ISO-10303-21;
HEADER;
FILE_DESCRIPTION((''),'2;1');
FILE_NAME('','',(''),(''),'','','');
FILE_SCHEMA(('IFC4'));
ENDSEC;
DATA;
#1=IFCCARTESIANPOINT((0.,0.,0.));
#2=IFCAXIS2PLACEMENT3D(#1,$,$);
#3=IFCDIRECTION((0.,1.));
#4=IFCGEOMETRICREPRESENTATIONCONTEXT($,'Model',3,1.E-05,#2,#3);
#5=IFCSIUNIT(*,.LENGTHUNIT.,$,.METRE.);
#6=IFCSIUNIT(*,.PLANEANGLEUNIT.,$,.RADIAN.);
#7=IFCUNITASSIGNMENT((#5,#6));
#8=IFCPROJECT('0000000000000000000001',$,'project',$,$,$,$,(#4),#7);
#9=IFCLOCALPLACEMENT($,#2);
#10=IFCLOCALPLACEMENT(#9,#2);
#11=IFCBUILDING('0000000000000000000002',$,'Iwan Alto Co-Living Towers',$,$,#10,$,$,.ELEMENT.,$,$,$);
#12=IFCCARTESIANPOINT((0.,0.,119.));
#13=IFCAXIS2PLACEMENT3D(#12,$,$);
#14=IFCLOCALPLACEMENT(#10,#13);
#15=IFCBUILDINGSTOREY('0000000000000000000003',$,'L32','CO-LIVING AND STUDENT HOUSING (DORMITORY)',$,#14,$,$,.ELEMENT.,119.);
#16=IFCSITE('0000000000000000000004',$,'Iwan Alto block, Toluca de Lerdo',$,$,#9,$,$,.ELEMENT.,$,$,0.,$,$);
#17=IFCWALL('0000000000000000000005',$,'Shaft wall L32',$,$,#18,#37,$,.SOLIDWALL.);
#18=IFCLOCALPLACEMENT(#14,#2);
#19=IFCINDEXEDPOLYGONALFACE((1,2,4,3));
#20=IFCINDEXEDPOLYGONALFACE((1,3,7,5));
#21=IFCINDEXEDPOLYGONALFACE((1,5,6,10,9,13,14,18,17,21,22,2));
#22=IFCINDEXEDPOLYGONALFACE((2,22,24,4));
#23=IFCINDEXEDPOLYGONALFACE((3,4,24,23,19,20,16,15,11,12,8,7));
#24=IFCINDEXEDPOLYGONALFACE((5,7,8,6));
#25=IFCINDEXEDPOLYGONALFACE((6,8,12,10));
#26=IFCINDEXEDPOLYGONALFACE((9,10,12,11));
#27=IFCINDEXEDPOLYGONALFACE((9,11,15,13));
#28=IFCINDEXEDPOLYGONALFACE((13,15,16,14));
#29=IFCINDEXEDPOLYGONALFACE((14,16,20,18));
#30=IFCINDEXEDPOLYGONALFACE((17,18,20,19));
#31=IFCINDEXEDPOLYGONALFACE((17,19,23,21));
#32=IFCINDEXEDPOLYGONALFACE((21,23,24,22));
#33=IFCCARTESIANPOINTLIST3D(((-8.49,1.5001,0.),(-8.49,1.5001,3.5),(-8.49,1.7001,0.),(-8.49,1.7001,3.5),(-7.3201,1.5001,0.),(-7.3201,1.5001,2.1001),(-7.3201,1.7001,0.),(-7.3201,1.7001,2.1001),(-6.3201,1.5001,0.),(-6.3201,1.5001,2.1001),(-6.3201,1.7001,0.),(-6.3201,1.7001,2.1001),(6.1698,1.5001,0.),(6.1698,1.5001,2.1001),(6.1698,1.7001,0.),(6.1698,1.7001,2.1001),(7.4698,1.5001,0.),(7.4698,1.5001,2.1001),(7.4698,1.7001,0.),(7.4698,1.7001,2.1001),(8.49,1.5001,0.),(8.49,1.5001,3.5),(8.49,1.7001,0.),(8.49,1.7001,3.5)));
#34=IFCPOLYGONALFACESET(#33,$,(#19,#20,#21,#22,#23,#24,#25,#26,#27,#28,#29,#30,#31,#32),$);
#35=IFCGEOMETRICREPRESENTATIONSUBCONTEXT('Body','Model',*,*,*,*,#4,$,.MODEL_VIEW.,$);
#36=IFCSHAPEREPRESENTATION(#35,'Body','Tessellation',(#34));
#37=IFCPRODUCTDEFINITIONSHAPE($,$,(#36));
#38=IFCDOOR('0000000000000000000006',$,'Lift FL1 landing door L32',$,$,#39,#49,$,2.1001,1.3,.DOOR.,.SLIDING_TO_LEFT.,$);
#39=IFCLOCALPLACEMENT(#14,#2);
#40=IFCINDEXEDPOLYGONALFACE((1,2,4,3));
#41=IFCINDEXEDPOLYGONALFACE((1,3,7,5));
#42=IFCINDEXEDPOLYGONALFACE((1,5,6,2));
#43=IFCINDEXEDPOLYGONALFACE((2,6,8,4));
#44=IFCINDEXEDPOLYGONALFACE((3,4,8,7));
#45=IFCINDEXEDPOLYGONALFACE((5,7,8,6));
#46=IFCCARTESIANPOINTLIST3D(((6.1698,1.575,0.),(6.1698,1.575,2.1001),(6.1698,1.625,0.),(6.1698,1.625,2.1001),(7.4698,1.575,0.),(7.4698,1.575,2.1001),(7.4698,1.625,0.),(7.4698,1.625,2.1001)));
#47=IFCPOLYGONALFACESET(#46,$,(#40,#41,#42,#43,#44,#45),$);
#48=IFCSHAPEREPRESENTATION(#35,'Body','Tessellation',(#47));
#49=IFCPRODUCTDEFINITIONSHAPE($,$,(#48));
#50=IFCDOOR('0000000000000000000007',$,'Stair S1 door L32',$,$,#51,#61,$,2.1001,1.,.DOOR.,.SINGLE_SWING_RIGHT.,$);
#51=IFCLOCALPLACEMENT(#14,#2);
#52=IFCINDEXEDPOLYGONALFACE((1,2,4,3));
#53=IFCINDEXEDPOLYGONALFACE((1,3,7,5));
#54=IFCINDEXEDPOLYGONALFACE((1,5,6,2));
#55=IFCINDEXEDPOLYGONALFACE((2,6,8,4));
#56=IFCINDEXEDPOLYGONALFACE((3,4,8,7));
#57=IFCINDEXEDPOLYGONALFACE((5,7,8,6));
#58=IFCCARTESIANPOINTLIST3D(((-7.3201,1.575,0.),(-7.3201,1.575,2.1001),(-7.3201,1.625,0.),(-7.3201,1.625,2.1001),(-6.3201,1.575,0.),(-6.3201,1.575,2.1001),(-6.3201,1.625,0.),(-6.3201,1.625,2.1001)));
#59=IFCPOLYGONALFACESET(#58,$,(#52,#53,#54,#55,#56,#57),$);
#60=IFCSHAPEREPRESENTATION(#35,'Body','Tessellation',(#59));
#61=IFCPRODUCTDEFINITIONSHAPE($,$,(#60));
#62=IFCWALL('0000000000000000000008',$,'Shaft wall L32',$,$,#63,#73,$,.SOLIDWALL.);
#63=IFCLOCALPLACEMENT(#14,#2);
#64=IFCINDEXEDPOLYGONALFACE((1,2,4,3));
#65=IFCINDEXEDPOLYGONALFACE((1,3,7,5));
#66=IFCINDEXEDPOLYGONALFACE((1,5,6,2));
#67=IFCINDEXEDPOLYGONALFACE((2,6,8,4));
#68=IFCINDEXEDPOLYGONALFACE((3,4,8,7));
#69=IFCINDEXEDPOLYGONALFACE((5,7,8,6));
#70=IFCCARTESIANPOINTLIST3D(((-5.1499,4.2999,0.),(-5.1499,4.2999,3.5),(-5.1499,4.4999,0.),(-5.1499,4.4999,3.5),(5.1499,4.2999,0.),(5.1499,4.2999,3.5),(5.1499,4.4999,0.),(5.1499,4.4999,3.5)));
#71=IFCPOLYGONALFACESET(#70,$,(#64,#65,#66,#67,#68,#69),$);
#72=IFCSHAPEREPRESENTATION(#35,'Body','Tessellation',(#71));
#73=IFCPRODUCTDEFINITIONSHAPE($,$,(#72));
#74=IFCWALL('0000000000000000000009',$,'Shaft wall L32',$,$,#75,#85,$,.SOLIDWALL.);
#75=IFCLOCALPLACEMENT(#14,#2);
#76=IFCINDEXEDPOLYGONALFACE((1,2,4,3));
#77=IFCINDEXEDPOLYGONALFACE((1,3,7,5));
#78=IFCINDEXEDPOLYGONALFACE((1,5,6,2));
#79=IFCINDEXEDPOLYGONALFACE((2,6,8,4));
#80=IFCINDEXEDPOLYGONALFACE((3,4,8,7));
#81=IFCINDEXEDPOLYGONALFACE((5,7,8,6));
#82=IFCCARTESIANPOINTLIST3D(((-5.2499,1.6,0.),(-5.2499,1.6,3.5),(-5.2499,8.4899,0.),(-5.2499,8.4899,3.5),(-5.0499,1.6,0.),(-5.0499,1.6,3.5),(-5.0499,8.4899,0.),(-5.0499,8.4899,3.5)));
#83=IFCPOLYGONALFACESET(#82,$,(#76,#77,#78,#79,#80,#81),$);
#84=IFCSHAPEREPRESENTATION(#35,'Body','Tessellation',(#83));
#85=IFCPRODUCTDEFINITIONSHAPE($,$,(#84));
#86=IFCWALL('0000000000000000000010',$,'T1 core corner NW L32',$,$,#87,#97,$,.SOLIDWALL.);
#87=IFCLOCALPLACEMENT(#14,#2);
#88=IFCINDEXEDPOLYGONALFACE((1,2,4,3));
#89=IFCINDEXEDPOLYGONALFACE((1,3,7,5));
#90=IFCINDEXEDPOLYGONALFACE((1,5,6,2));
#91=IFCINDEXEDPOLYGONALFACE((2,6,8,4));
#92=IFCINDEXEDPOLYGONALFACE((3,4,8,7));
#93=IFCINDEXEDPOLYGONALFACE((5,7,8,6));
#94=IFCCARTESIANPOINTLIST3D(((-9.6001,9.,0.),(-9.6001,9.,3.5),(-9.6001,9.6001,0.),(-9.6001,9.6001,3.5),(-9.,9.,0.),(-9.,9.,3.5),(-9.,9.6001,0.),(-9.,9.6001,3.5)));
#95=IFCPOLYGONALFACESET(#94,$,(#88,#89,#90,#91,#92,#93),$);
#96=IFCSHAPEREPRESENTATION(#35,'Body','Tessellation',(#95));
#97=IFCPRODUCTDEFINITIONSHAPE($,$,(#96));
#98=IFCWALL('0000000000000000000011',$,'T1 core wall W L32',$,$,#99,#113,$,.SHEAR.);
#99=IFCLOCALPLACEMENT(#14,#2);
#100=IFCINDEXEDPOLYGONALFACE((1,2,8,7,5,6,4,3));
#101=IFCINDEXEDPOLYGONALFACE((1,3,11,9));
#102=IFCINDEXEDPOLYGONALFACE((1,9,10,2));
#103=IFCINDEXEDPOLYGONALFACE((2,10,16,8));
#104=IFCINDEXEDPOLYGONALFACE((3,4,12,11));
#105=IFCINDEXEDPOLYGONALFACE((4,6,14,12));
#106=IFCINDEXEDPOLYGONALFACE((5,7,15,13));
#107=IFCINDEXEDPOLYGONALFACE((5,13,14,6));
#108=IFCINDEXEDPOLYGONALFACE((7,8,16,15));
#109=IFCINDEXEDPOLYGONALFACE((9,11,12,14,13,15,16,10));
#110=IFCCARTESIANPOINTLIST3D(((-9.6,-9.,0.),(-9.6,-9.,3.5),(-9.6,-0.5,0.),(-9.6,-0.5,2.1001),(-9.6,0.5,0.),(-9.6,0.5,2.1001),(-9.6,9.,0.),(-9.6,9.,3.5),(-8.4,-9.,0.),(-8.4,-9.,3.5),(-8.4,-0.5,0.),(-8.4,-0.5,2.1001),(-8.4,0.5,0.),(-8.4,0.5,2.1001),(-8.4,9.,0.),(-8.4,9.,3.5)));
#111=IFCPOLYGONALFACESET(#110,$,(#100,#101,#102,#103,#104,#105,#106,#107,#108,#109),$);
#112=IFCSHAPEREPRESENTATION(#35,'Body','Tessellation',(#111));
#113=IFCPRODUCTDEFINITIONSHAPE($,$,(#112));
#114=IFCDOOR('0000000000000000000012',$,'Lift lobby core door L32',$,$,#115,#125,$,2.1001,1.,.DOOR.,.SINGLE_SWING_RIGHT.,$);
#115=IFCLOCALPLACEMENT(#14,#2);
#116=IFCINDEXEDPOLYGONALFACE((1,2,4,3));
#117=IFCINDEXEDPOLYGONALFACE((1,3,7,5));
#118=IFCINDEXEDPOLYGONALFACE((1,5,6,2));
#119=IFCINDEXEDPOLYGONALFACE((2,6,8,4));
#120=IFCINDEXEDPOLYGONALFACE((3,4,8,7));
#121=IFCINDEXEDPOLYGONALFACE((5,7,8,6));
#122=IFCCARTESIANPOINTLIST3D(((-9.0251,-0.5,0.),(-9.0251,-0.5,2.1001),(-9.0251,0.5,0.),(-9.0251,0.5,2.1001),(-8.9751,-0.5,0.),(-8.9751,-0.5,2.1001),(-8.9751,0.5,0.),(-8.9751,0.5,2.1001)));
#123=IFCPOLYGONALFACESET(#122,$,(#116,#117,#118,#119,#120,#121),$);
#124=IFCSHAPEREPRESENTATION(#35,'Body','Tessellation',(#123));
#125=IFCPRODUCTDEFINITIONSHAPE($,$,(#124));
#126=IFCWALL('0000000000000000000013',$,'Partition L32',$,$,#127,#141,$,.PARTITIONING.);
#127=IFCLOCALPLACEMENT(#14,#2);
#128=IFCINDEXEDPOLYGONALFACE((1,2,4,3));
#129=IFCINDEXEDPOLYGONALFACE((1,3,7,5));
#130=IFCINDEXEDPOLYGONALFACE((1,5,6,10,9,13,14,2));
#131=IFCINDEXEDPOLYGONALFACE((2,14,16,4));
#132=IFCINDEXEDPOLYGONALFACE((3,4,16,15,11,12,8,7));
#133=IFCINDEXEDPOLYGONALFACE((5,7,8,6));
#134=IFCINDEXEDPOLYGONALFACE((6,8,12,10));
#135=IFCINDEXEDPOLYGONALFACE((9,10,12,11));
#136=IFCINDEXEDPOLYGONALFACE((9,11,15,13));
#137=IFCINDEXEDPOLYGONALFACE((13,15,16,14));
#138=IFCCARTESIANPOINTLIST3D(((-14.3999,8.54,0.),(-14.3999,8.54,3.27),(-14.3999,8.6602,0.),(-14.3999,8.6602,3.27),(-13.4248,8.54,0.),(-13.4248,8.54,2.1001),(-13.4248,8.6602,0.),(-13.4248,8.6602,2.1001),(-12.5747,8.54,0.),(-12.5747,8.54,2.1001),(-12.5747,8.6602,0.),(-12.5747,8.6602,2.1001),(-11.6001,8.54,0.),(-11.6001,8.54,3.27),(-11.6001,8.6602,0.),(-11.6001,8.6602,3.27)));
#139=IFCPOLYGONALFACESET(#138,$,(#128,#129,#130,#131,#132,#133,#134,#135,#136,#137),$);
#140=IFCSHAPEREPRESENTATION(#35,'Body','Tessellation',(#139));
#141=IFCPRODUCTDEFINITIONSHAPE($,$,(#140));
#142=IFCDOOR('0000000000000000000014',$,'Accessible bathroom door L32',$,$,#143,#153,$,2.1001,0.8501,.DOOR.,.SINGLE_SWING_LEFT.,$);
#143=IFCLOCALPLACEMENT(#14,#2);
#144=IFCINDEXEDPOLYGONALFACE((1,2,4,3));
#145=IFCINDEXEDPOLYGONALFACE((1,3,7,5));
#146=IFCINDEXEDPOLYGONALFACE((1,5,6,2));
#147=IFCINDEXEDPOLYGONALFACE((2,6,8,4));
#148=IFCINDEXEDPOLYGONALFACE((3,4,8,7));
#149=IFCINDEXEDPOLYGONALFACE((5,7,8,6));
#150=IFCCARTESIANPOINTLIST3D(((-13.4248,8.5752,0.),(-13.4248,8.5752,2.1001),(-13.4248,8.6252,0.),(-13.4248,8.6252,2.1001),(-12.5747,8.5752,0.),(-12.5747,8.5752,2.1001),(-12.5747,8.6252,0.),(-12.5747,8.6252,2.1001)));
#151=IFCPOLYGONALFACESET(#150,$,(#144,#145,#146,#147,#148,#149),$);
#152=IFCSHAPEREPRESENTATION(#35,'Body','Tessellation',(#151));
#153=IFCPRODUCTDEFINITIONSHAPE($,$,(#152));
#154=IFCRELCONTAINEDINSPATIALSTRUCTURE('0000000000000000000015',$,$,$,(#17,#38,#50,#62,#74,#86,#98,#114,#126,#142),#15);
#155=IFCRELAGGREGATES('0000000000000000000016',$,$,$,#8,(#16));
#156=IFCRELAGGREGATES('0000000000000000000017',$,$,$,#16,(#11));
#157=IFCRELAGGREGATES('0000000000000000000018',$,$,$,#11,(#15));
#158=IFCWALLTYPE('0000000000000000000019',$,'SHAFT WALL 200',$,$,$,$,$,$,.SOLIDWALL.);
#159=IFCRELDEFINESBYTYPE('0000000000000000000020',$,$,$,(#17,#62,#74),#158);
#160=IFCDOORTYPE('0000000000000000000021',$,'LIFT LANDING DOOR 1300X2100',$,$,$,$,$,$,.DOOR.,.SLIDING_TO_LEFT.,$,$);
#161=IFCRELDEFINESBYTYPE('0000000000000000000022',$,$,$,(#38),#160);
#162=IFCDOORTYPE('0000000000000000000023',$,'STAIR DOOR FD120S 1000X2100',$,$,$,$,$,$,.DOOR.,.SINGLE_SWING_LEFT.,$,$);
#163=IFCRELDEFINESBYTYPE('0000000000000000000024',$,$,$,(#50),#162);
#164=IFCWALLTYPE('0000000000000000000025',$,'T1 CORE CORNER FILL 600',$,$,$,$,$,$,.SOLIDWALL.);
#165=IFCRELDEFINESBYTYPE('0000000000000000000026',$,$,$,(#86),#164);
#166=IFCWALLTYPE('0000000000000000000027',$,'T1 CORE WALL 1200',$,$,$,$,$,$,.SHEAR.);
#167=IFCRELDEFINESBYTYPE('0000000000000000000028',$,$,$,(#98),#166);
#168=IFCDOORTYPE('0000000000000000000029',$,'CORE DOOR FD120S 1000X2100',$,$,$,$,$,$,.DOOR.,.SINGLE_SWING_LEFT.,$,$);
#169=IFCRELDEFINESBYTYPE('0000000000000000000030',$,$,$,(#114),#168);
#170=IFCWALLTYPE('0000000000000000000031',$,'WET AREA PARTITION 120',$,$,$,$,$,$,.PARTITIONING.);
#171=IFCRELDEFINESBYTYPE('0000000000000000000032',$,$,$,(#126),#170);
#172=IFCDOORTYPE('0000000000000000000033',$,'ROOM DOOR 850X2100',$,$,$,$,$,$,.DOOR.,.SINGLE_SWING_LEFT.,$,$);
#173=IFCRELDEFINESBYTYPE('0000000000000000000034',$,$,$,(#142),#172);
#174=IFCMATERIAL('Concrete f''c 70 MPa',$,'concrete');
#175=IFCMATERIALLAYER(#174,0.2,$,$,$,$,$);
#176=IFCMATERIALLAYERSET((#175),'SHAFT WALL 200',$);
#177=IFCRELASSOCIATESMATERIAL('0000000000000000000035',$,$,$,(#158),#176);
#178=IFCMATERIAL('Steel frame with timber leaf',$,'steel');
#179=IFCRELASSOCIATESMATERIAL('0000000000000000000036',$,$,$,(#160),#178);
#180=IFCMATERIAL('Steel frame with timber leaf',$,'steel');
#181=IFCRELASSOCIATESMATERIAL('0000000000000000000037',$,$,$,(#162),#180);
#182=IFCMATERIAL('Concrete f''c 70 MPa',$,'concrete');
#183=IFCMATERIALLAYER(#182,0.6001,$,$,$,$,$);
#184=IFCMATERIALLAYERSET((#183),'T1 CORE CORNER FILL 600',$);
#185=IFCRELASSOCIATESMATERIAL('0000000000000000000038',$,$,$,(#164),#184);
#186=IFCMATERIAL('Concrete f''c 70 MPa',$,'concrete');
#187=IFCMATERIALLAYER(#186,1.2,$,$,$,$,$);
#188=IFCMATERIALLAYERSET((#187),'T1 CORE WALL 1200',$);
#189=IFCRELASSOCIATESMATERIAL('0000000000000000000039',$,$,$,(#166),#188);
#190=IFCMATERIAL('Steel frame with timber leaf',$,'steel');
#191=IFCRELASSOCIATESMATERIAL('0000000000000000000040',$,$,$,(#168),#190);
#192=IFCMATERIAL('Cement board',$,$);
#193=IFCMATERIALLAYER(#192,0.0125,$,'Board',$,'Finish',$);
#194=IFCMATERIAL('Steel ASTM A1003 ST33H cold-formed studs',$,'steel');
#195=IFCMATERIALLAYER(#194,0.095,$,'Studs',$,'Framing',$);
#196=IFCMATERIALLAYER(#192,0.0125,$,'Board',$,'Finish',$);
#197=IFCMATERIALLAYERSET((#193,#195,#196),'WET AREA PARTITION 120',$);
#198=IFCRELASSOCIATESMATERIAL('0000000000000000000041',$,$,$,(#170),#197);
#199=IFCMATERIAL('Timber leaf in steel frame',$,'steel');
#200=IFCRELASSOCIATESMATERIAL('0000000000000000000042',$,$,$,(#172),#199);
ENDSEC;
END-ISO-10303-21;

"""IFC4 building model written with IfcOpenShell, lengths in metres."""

from ifc_helpers import new_model, si_unit, direction, frame, frame_2d, origin, place, context, subcontext, project, spatial, rectangle, extrude, material, layer, layer_set, type_object, element, fill, save


model = new_model("IFC4")

# Units and contexts
model_context = context("Model", 3, precision=1e-05, world=origin(), true_north=direction((0.0, 1.0)))
body_context = subcontext(model_context, "Body", "Model", "MODEL_VIEW")
ifc_project = project(units=[si_unit("LENGTHUNIT", "METRE"), si_unit("PLANEANGLEUNIT", "RADIAN")], contexts=[model_context])

# Site, building, storey
site_placement = place(None, origin())
site = spatial("IfcSite", under=ifc_project, at=site_placement, Name="Iwan Alto block, Toluca de Lerdo", CompositionType="ELEMENT", RefElevation=0.0)
building_placement = place(site_placement, origin())
building = spatial("IfcBuilding", under=site, at=building_placement, Name="Iwan Alto Co-Living Towers", CompositionType="ELEMENT")
storey_placement = place(building_placement, frame((0.0, 0.0, 119.0)))
storey = spatial("IfcBuildingStorey", under=building, at=storey_placement, Name="L32", Description="CO-LIVING AND STUDENT HOUSING (DORMITORY)", CompositionType="ELEMENT", Elevation=119.0)

# Shared definitions
ifc_material_1 = material(Name="Steel ASTM A1003 ST33H cold-formed studs", Category="steel")

# Wall, openings, doors
ifc_material_2 = material(Name="Concrete f'c 70 MPa", Category="concrete")
ifc_layer_1 = layer(ifc_material_2, 0.2)
ifc_layer_set_1 = layer_set([ifc_layer_1], Name="SHAFT WALL 200")
wall_type_1 = type_object("IfcWallType", Name="SHAFT WALL 200", PredefinedType="SOLIDWALL", material=ifc_layer_set_1)
wall_1_placement = place(storey_placement, frame((-8.49, 1.6001, 0.0), z_axis=(0.0, 0.0, 1.0), x_axis=(1.0, 0.0, 0.0)))
wall_1 = element("IfcWall", 1, at=wall_1_placement, inside=storey, type_object=wall_type_1, Name="Shaft wall L32", PredefinedType="SOLIDWALL", context=body_context, shape_type="SweptSolid", body=[
    extrude(rectangle(XDim=16.98, YDim=0.2, at=frame_2d((8.49, 0.0))), origin(), (0.0, 0.0, 1.0), 3.5),
])
opening_1_placement = place(wall_1_placement, frame((1.1699, 0.0, 0.0)))
opening_1 = element("IfcOpeningElement", 2, at=opening_1_placement, cuts=wall_1, PredefinedType="OPENING", context=body_context, shape_type="SweptSolid", body=[
    extrude(rectangle(XDim=1.0, YDim=2.1001, at=frame_2d((0.5, 1.05))), frame((0.0, 0.1099, 0.0), z_axis=(0.0, -1.0, 0.0), x_axis=(1.0, 0.0, 0.0)), (0.0, 0.0, 1.0), 0.22),
])
opening_2_placement = place(wall_1_placement, frame((14.6599, 0.0, 0.0)))
opening_2 = element("IfcOpeningElement", 3, at=opening_2_placement, cuts=wall_1, PredefinedType="OPENING", context=body_context, shape_type="SweptSolid", body=[
    extrude(rectangle(XDim=1.3, YDim=2.1001, at=frame_2d((0.6499, 1.05))), frame((0.0, 0.1099, 0.0), z_axis=(0.0, -1.0, 0.0), x_axis=(1.0, 0.0, 0.0)), (0.0, 0.0, 1.0), 0.22),
])
ifc_material_3 = material(Name="Steel frame with timber leaf", Category="steel")
door_type_1 = type_object("IfcDoorType", Name="LIFT LANDING DOOR 1300X2100", OperationType="SLIDING_TO_LEFT", PredefinedType="DOOR", material=ifc_material_3)
door_1_placement = place(opening_2_placement, origin())
door_1 = element("IfcDoor", 4, at=door_1_placement, inside=storey, type_object=door_type_1, Name="Lift FL1 landing door L32", OperationType="SLIDING_TO_LEFT", OverallHeight=2.1001, OverallWidth=1.3, PredefinedType="DOOR", context=body_context, shape_type="SweptSolid", body=[
    extrude(rectangle(XDim=1.3, YDim=2.1001, at=frame_2d((0.6499, 1.05))), frame((0.0, 0.0249, 0.0), z_axis=(0.0, -1.0, 0.0), x_axis=(1.0, 0.0, 0.0)), (0.0, 0.0, 1.0), 0.05),
])
fill(opening_2, door_1)
ifc_material_4 = material(Name="Steel frame with timber leaf", Category="steel")
door_type_2 = type_object("IfcDoorType", Name="STAIR DOOR FD120S 1000X2100", OperationType="SINGLE_SWING_LEFT", PredefinedType="DOOR", material=ifc_material_4)
door_2_placement = place(opening_1_placement, origin())
door_2 = element("IfcDoor", 5, at=door_2_placement, inside=storey, type_object=door_type_2, Name="Stair S1 door L32", OperationType="SINGLE_SWING_RIGHT", OverallHeight=2.1001, OverallWidth=1.0, PredefinedType="DOOR", context=body_context, shape_type="SweptSolid", body=[
    extrude(rectangle(XDim=1.0, YDim=2.1001, at=frame_2d((0.5, 1.05))), frame((0.0, 0.0249, 0.0), z_axis=(0.0, -1.0, 0.0), x_axis=(1.0, 0.0, 0.0)), (0.0, 0.0, 1.0), 0.05),
])
fill(opening_1, door_2)

# Walls
wall_2_placement = place(storey_placement, frame((-5.1499, 4.3999, 0.0), z_axis=(0.0, 0.0, 1.0), x_axis=(1.0, 0.0, 0.0)))
element("IfcWall", 6, at=wall_2_placement, inside=storey, type_object=wall_type_1, Name="Shaft wall L32", PredefinedType="SOLIDWALL", context=body_context, shape_type="SweptSolid", body=[
    extrude(rectangle(XDim=10.2998, YDim=0.2, at=frame_2d((5.1499, 0.0))), origin(), (0.0, 0.0, 1.0), 3.5),
])
wall_3_placement = place(storey_placement, frame((-5.1499, 1.6001, 0.0), z_axis=(0.0, 0.0, 1.0), x_axis=(0.0, 1.0, 0.0)))
element("IfcWall", 7, at=wall_3_placement, inside=storey, type_object=wall_type_1, Name="Shaft wall L32", PredefinedType="SOLIDWALL", context=body_context, shape_type="SweptSolid", body=[
    extrude(rectangle(XDim=6.8899, YDim=0.2, at=frame_2d((3.4448, 0.0))), origin(), (0.0, 0.0, 1.0), 3.5),
])
ifc_material_5 = material(Name="Concrete f'c 70 MPa", Category="concrete")
ifc_layer_2 = layer(ifc_material_5, 0.6001)
ifc_layer_set_2 = layer_set([ifc_layer_2], Name="T1 CORE CORNER FILL 600")
wall_type_2 = type_object("IfcWallType", Name="T1 CORE CORNER FILL 600", PredefinedType="SOLIDWALL", material=ifc_layer_set_2)
wall_4_placement = place(storey_placement, frame((-9.6001, 9.3, 0.0), z_axis=(0.0, 0.0, 1.0), x_axis=(1.0, 0.0, 0.0)))
element("IfcWall", 8, at=wall_4_placement, inside=storey, type_object=wall_type_2, Name="T1 core corner NW L32", PredefinedType="SOLIDWALL", context=body_context, shape_type="SweptSolid", body=[
    extrude(rectangle(XDim=0.6001, YDim=0.6001, at=frame_2d((0.3, 0.0))), origin(), (0.0, 0.0, 1.0), 3.5),
])

# Walls, openings, doors
ifc_material_6 = material(Name="Concrete f'c 70 MPa", Category="concrete")
ifc_layer_3 = layer(ifc_material_6, 1.2)
ifc_layer_set_3 = layer_set([ifc_layer_3], Name="T1 CORE WALL 1200")
wall_type_3 = type_object("IfcWallType", Name="T1 CORE WALL 1200", PredefinedType="SHEAR", material=ifc_layer_set_3)
wall_5_placement = place(storey_placement, frame((-9.0, 9.0, 0.0), z_axis=(0.0, 0.0, 1.0), x_axis=(0.0, -1.0, 0.0)))
wall_5 = element("IfcWall", 9, at=wall_5_placement, inside=storey, type_object=wall_type_3, Name="T1 core wall W L32", PredefinedType="SHEAR", context=body_context, shape_type="SweptSolid", body=[
    extrude(rectangle(XDim=18.0, YDim=1.2, at=frame_2d((9.0, 0.0))), origin(), (0.0, 0.0, 1.0), 3.5),
])
opening_3_placement = place(wall_5_placement, frame((8.5, 0.0, 0.0)))
opening_3 = element("IfcOpeningElement", 10, at=opening_3_placement, cuts=wall_5, PredefinedType="OPENING", context=body_context, shape_type="SweptSolid", body=[
    extrude(rectangle(XDim=1.0, YDim=2.1001, at=frame_2d((0.5, 1.05))), frame((0.0, 0.6099, 0.0), z_axis=(0.0, -1.0, 0.0), x_axis=(1.0, 0.0, 0.0)), (0.0, 0.0, 1.0), 1.22),
])
ifc_material_7 = material(Name="Steel frame with timber leaf", Category="steel")
door_type_3 = type_object("IfcDoorType", Name="CORE DOOR FD120S 1000X2100", OperationType="SINGLE_SWING_LEFT", PredefinedType="DOOR", material=ifc_material_7)
door_3_placement = place(opening_3_placement, origin())
door_3 = element("IfcDoor", 11, at=door_3_placement, inside=storey, type_object=door_type_3, Name="Lift lobby core door L32", OperationType="SINGLE_SWING_RIGHT", OverallHeight=2.1001, OverallWidth=1.0, PredefinedType="DOOR", context=body_context, shape_type="SweptSolid", body=[
    extrude(rectangle(XDim=1.0, YDim=2.1001, at=frame_2d((0.5, 1.05))), frame((0.0, 0.0249, 0.0), z_axis=(0.0, -1.0, 0.0), x_axis=(1.0, 0.0, 0.0)), (0.0, 0.0, 1.0), 0.05),
])
fill(opening_3, door_3)
ifc_material_8 = material(Name="Cement board")
ifc_layer_4 = layer(ifc_material_8, 0.0125, Name="Board", Category="Finish")
ifc_layer_5 = layer(ifc_material_1, 0.095, Name="Studs", Category="Framing")
ifc_layer_6 = layer(ifc_material_8, 0.0125, Name="Board", Category="Finish")
ifc_layer_set_4 = layer_set([ifc_layer_4, ifc_layer_5, ifc_layer_6], Name="WET AREA PARTITION 120")
wall_type_4 = type_object("IfcWallType", Name="WET AREA PARTITION 120", PredefinedType="PARTITIONING", material=ifc_layer_set_4)
wall_6_placement = place(storey_placement, frame((-14.3999, 8.6001, 0.0), z_axis=(0.0, 0.0, 1.0), x_axis=(1.0, 0.0, 0.0)))
wall_6 = element("IfcWall", 12, at=wall_6_placement, inside=storey, type_object=wall_type_4, Name="Partition L32", PredefinedType="PARTITIONING", context=body_context, shape_type="SweptSolid", body=[
    extrude(rectangle(XDim=2.7998, YDim=0.1201, at=frame_2d((1.3999, 0.0))), origin(), (0.0, 0.0, 1.0), 3.27),
])
opening_4_placement = place(wall_6_placement, frame((0.9751, 0.0, 0.0)))
opening_4 = element("IfcOpeningElement", 13, at=opening_4_placement, cuts=wall_6, PredefinedType="OPENING", context=body_context, shape_type="SweptSolid", body=[
    extrude(rectangle(XDim=0.8501, YDim=2.1001, at=frame_2d((0.425, 1.05))), frame((0.0, 0.0701, 0.0), z_axis=(0.0, -1.0, 0.0), x_axis=(1.0, 0.0, 0.0)), (0.0, 0.0, 1.0), 0.1401),
])
ifc_material_9 = material(Name="Timber leaf in steel frame", Category="steel")
door_type_4 = type_object("IfcDoorType", Name="ROOM DOOR 850X2100", OperationType="SINGLE_SWING_LEFT", PredefinedType="DOOR", material=ifc_material_9)
door_4_placement = place(opening_4_placement, frame((0.8501, 0.0, 0.0), z_axis=(0.0, 0.0, 1.0), x_axis=(-1.0, 0.0, 0.0)))
door_4 = element("IfcDoor", 14, at=door_4_placement, inside=storey, type_object=door_type_4, Name="Accessible bathroom door L32", OperationType="SINGLE_SWING_LEFT", OverallHeight=2.1001, OverallWidth=0.8501, PredefinedType="DOOR", context=body_context, shape_type="SweptSolid", body=[
    extrude(rectangle(XDim=0.8501, YDim=2.1001, at=frame_2d((0.425, 1.05))), frame((0.0, 0.0249, 0.0), z_axis=(0.0, -1.0, 0.0), x_axis=(1.0, 0.0, 0.0)), (0.0, 0.0, 1.0), 0.05),
])
fill(opening_4, door_4)

save(model, "model.ifc")
